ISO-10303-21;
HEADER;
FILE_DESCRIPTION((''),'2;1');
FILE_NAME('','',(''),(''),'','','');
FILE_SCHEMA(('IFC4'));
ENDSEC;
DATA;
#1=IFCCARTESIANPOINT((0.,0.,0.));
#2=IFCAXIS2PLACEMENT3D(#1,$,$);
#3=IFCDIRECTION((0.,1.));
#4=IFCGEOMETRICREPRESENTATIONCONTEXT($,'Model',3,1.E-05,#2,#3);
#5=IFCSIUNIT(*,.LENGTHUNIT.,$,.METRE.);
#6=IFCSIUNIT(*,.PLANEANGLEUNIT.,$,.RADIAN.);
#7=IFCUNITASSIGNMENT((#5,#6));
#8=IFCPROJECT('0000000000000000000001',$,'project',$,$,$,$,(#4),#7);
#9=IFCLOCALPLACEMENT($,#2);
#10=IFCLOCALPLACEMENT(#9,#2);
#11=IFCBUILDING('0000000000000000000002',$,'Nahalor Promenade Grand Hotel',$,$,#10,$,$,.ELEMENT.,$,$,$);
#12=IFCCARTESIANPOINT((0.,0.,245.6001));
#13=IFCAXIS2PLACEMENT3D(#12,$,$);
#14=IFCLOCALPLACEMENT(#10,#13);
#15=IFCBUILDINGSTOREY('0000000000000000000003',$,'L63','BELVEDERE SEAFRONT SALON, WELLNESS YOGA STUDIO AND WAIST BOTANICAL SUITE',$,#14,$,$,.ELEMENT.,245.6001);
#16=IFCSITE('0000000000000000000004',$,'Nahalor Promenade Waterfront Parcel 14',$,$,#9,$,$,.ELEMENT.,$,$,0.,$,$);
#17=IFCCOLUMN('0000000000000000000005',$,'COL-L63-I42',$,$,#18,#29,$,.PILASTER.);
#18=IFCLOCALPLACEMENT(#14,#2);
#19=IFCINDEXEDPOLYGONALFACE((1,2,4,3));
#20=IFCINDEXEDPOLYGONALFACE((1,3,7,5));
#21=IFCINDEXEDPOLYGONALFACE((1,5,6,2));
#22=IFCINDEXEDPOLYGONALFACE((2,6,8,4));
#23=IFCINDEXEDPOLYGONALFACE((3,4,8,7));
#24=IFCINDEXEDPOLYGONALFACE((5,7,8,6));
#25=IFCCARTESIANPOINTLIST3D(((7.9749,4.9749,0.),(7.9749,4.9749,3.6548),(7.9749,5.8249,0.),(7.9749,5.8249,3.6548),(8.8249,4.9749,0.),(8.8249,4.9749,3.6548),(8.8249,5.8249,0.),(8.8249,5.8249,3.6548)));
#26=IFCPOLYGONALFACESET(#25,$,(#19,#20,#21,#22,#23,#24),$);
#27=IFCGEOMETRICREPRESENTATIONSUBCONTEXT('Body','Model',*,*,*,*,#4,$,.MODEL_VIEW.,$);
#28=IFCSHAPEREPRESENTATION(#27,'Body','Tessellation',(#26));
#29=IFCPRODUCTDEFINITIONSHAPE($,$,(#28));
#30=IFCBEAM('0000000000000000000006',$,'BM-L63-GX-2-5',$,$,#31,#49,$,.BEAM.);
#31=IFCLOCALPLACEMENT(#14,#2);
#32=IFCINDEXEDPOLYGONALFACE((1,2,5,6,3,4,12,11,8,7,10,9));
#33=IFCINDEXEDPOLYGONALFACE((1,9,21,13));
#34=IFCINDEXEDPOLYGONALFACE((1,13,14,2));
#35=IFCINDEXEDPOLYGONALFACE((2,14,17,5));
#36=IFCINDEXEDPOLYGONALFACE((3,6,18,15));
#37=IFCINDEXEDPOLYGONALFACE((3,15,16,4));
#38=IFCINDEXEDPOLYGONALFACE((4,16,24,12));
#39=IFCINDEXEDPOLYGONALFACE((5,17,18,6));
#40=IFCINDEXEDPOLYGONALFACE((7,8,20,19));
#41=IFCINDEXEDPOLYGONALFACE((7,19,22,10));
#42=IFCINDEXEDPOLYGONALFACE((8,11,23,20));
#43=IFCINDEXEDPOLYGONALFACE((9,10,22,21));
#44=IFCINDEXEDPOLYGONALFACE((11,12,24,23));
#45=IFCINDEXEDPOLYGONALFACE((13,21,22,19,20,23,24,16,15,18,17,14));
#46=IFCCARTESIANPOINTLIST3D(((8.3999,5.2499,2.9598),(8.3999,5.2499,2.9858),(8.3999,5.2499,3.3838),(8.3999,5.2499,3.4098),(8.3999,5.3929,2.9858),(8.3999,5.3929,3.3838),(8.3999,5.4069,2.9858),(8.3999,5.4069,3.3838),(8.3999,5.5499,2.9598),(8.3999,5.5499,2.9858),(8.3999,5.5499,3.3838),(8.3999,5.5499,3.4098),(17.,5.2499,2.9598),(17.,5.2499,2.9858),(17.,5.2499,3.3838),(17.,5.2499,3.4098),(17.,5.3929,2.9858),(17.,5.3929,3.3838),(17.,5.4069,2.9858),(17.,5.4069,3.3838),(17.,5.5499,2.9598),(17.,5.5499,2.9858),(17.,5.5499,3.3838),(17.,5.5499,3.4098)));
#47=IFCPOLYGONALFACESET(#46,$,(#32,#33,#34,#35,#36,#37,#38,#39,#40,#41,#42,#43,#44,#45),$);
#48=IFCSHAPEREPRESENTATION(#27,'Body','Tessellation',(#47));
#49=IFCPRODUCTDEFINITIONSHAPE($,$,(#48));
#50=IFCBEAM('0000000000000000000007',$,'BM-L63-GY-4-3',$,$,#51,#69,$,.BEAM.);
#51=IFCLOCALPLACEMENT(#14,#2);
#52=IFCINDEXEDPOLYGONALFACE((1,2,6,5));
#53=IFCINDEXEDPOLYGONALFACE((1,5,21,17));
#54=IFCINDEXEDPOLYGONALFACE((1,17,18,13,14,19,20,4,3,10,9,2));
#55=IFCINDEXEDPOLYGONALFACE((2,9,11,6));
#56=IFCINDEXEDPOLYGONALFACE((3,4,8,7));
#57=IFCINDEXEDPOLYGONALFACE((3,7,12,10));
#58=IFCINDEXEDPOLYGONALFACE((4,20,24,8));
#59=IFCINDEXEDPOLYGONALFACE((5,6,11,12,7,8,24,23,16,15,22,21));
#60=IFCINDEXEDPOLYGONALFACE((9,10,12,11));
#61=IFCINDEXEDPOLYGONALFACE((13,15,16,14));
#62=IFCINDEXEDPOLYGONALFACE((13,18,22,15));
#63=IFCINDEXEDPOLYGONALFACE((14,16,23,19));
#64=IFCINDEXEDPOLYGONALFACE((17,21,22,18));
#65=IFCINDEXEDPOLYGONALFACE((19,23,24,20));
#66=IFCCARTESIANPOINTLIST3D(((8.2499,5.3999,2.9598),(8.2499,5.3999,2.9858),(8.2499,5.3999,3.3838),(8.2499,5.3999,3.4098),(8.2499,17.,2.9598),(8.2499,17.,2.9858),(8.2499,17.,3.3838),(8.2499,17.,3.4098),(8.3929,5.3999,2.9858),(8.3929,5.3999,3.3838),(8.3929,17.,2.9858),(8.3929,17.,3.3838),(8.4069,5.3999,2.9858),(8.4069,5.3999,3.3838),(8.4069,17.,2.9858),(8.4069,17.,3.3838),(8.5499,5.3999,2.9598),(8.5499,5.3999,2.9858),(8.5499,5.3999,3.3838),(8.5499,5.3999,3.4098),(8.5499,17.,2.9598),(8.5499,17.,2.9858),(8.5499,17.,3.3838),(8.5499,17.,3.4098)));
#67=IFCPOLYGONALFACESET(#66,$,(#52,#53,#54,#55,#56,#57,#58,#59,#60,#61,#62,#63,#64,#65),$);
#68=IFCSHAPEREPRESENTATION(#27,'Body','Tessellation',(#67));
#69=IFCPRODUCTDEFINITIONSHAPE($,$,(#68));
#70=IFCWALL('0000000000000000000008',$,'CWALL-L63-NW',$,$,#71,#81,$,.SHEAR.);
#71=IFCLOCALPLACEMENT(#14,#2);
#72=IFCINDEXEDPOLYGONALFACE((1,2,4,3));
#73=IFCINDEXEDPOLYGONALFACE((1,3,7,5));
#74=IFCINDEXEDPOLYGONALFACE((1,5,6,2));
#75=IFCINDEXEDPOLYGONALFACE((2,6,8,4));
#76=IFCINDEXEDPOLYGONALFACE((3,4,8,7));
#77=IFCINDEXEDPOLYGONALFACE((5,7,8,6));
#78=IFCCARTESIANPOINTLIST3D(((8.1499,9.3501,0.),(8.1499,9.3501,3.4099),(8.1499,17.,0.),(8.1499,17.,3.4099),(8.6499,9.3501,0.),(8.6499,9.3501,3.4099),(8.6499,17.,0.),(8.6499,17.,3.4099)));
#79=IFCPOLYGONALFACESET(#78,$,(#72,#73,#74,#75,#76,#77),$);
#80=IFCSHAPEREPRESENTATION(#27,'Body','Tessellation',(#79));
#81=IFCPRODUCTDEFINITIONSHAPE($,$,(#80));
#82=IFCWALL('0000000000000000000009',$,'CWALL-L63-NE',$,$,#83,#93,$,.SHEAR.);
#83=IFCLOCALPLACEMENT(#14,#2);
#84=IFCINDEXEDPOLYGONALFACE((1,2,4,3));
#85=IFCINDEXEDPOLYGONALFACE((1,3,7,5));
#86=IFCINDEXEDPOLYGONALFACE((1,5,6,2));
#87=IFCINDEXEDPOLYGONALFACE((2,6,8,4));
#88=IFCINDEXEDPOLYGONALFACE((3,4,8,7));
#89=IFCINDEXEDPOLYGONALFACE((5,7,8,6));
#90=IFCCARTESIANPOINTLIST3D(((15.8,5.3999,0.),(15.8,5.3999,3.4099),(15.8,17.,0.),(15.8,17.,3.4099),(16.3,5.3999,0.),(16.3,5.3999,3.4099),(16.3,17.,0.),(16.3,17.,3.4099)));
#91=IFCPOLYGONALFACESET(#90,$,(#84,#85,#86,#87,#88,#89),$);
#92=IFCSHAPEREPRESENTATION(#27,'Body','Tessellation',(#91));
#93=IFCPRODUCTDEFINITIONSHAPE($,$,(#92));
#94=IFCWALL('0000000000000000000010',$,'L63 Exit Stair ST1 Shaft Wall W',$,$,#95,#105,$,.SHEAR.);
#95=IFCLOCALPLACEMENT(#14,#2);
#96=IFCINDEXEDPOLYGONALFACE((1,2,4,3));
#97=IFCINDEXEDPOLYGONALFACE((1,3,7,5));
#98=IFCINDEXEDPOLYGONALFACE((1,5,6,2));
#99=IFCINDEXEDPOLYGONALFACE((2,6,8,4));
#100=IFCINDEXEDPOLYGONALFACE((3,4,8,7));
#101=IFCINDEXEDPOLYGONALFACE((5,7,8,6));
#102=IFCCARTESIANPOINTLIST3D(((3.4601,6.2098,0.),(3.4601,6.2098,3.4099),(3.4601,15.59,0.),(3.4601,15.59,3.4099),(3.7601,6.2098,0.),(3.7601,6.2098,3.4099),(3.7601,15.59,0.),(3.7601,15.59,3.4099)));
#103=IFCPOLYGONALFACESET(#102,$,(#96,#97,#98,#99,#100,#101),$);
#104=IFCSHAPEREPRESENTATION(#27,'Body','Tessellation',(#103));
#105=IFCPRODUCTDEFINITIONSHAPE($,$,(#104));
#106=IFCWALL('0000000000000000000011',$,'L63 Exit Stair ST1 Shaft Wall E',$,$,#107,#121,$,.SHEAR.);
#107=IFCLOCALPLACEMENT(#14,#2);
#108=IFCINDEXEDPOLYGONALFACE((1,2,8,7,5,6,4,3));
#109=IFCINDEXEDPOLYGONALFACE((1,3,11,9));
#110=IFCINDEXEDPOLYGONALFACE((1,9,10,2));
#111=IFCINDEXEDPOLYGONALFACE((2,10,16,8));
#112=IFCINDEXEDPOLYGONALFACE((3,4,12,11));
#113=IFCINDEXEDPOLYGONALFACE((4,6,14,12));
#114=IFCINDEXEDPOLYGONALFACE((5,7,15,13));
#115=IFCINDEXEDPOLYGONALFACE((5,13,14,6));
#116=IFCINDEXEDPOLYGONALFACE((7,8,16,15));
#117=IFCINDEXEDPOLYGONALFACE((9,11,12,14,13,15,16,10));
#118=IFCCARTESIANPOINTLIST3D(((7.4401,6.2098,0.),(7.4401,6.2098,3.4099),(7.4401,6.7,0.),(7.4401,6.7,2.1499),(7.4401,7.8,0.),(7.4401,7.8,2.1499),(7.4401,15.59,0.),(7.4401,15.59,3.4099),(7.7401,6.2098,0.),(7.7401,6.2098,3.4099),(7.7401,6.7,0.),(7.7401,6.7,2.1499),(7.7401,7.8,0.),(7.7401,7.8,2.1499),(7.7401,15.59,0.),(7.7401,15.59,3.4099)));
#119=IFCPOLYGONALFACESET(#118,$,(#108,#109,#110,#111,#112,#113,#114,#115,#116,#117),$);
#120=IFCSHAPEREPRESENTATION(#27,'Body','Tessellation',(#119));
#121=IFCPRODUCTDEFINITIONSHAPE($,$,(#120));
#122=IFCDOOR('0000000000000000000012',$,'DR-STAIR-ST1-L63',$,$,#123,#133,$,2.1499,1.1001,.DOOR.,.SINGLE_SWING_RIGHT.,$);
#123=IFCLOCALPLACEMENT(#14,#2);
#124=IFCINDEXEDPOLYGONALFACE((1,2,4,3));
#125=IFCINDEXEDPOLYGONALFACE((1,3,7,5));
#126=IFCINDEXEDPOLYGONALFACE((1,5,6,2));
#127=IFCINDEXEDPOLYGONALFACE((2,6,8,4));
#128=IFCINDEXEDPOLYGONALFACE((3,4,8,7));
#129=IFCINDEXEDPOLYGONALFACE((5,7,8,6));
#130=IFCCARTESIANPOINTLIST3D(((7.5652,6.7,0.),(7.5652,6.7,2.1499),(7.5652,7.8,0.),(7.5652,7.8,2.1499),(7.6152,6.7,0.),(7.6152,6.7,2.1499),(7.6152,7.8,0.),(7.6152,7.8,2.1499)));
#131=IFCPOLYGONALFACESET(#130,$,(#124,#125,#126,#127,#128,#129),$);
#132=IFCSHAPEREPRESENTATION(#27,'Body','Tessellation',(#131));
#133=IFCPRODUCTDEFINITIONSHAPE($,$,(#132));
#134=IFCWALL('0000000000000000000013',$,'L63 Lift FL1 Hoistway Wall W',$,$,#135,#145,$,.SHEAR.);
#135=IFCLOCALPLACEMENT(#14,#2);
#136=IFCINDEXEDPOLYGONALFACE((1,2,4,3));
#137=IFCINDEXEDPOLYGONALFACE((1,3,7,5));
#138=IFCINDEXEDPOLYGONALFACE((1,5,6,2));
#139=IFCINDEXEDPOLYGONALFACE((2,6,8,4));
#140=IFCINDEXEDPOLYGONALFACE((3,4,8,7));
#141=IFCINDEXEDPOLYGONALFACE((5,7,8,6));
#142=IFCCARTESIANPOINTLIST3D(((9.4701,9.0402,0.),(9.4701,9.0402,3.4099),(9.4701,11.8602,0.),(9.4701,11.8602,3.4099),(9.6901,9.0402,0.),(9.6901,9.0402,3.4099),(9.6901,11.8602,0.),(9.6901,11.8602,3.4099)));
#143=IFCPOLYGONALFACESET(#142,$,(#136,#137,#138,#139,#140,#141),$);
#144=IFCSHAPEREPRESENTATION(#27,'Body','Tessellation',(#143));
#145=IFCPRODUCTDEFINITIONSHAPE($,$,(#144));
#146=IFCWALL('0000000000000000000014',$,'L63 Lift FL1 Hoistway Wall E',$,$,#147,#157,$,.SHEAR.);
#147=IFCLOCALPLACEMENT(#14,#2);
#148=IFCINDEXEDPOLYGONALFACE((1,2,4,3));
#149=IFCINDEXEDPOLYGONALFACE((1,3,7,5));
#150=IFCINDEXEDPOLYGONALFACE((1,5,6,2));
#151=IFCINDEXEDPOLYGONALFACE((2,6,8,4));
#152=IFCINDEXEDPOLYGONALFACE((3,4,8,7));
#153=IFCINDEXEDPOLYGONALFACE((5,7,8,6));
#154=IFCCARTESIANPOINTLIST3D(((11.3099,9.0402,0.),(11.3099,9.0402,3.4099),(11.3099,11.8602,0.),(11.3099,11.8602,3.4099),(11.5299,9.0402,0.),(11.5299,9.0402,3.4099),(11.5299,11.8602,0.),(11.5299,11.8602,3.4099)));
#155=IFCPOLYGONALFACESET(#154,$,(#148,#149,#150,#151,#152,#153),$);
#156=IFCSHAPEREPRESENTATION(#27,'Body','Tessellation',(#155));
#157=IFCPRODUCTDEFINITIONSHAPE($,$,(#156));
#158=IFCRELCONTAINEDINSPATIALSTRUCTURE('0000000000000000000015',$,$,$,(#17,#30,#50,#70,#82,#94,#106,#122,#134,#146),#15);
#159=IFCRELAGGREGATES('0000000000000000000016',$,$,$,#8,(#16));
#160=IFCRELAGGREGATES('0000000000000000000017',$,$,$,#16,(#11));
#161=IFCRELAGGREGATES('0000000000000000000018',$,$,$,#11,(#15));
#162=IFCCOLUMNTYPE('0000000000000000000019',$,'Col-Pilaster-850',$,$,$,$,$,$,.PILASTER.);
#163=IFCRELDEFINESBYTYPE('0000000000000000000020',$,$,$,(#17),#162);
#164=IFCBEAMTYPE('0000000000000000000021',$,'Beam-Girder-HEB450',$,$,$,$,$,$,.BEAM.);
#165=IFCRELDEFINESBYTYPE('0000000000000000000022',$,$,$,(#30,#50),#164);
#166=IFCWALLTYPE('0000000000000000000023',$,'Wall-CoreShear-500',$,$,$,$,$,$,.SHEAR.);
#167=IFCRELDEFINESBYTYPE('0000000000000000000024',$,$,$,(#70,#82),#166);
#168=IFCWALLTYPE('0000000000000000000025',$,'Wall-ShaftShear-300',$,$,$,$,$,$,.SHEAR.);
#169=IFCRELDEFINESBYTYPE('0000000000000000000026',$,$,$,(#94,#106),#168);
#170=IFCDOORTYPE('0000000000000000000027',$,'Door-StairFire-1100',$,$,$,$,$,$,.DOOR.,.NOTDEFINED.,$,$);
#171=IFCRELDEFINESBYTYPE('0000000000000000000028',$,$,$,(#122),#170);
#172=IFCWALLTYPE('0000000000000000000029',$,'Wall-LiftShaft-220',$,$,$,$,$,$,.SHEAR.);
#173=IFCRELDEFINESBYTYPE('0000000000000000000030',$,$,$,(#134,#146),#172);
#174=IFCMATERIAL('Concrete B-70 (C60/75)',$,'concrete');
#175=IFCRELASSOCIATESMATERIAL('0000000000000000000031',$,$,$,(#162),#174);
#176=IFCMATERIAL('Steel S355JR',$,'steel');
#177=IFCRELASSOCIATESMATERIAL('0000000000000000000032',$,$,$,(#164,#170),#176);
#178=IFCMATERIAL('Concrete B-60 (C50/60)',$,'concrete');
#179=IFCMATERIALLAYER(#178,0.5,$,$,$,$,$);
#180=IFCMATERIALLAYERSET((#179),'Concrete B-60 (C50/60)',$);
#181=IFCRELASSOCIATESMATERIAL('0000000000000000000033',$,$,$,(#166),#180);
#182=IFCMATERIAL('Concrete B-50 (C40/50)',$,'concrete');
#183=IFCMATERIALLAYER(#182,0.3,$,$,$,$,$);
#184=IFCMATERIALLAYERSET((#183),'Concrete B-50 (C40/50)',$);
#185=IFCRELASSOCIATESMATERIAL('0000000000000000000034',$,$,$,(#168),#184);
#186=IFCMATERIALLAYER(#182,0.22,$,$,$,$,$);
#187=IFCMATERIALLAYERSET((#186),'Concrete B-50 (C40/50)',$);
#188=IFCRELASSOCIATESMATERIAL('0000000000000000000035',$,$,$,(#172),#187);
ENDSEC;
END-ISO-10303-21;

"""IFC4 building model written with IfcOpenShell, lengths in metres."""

from ifc_helpers import new_model, si_unit, direction, frame, frame_2d, origin, origin_2d, place, context, subcontext, project, spatial, rectangle, i_section, extrude, source, transform, mapped, material, layer, layer_set, material_profile, profile_set, type_object, element, fill, save


model = new_model("IFC4")

# Units and contexts
model_context = context("Model", 3, precision=1e-05, world=origin(), true_north=direction((0.0, 1.0)))
body_context = subcontext(model_context, "Body", "Model", "MODEL_VIEW")
ifc_project = project(units=[si_unit("LENGTHUNIT", "METRE"), si_unit("PLANEANGLEUNIT", "RADIAN")], contexts=[model_context])

# Site, building, storey
site_placement = place(None, origin())
site = spatial("IfcSite", under=ifc_project, at=site_placement, Name="Nahalor Promenade Waterfront Parcel 14", CompositionType="ELEMENT", RefElevation=0.0)
building_placement = place(site_placement, origin())
building = spatial("IfcBuilding", under=site, at=building_placement, Name="Nahalor Promenade Grand Hotel", CompositionType="ELEMENT")
storey_placement = place(building_placement, frame((0.0, 0.0, 245.6001)))
storey = spatial("IfcBuildingStorey", under=building, at=storey_placement, Name="L63", Description="BELVEDERE SEAFRONT SALON, WELLNESS YOGA STUDIO AND WAIST BOTANICAL SUITE", CompositionType="ELEMENT", Elevation=245.6001)

# Column
ifc_material_1 = material(Name="Concrete B-70 (C60/75)", Category="concrete")
ifc_material_profile_1 = material_profile(ifc_material_1, rectangle(XDim=0.85, YDim=0.85, at=origin_2d()), Name="RC 850x850")
ifc_profile_set_1 = profile_set([ifc_material_profile_1], Name="Concrete B-70 (C60/75)")
column_type = type_object("IfcColumnType", Name="Col-Pilaster-850", PredefinedType="PILASTER", material=ifc_profile_set_1)
shared_shape_1 = source(origin(), body_context, "Body", "SweptSolid", [
    extrude(rectangle(XDim=0.85, YDim=0.85, at=origin_2d()), origin(), (0.0, 0.0, 1.0), 3.6548),
])
column_placement = place(storey_placement, frame((8.3999, 5.3999, 0.0), z_axis=(0.0, 0.0, 1.0), x_axis=(1.0, 0.0, 0.0)))
element("IfcColumn", 1, at=column_placement, inside=storey, type_object=column_type, Name="COL-L63-I42", PredefinedType="PILASTER", context=body_context, shape_type="MappedRepresentation", body=[
    mapped(shared_shape_1, transform((0.0, 0.0, 0.0), scale=1.0)),
])

# Beams
ifc_material_2 = material(Name="Steel S355JR", Category="steel")
ifc_material_profile_2 = material_profile(ifc_material_2, i_section(OverallWidth=0.3, OverallDepth=0.45, WebThickness=0.014, FlangeThickness=0.026, at=origin_2d()), Name="HEB 450")
ifc_profile_set_2 = profile_set([ifc_material_profile_2], Name="Steel S355JR")
beam_type = type_object("IfcBeamType", Name="Beam-Girder-HEB450", PredefinedType="BEAM", material=ifc_profile_set_2)
shared_shape_2 = source(origin(), body_context, "Body", "SweptSolid", [
    extrude(i_section(OverallWidth=0.3, OverallDepth=0.45, WebThickness=0.014, FlangeThickness=0.026, at=origin_2d()), origin(), (0.0, 0.0, 1.0), 8.6001),
])
beam_1_placement = place(storey_placement, frame((8.3999, 5.3999, 3.1848), z_axis=(1.0, 0.0, 0.0), x_axis=(0.0, 1.0, 0.0)))
element("IfcBeam", 2, at=beam_1_placement, inside=storey, type_object=beam_type, Name="BM-L63-GX-2-5", PredefinedType="BEAM", context=body_context, shape_type="MappedRepresentation", body=[
    mapped(shared_shape_2, transform((0.0, 0.0, 0.0), scale=1.0)),
])
shared_shape_3 = source(origin(), body_context, "Body", "SweptSolid", [
    extrude(i_section(OverallWidth=0.3, OverallDepth=0.45, WebThickness=0.014, FlangeThickness=0.026, at=origin_2d()), origin(), (0.0, 0.0, 1.0), 11.6001),
])
beam_2_placement = place(storey_placement, frame((8.3999, 5.3999, 3.1848), z_axis=(0.0, 1.0, 0.0), x_axis=(-1.0, 0.0, 0.0)))
element("IfcBeam", 3, at=beam_2_placement, inside=storey, type_object=beam_type, Name="BM-L63-GY-4-3", PredefinedType="BEAM", context=body_context, shape_type="MappedRepresentation", body=[
    mapped(shared_shape_3, transform((0.0, 0.0, 0.0), scale=1.0)),
])

# Walls
ifc_material_3 = material(Name="Concrete B-60 (C50/60)", Category="concrete")
ifc_layer_1 = layer(ifc_material_3, 0.5)
ifc_layer_set_1 = layer_set([ifc_layer_1], Name="Concrete B-60 (C50/60)")
wall_type_1 = type_object("IfcWallType", Name="Wall-CoreShear-500", PredefinedType="SHEAR", material=ifc_layer_set_1)
shared_shape_4 = source(origin(), body_context, "Body", "SweptSolid", [
    extrude(rectangle(XDim=7.6499, YDim=0.5, at=frame_2d((3.825, 0.0))), origin(), (0.0, 0.0, 1.0), 3.4099),
])
wall_1_placement = place(storey_placement, frame((8.3999, 9.3501, 0.0), z_axis=(0.0, 0.0, 1.0), x_axis=(0.0, 1.0, 0.0)))
element("IfcWall", 4, at=wall_1_placement, inside=storey, type_object=wall_type_1, Name="CWALL-L63-NW", PredefinedType="SHEAR", context=body_context, shape_type="MappedRepresentation", body=[
    mapped(shared_shape_4, transform((0.0, 0.0, 0.0), scale=1.0)),
])
shared_shape_5 = source(origin(), body_context, "Body", "SweptSolid", [
    extrude(rectangle(XDim=11.6001, YDim=0.5, at=frame_2d((5.8, 0.0))), origin(), (0.0, 0.0, 1.0), 3.4099),
])
wall_2_placement = place(storey_placement, frame((16.05, 5.3999, 0.0), z_axis=(0.0, 0.0, 1.0), x_axis=(0.0, 1.0, 0.0)))
element("IfcWall", 5, at=wall_2_placement, inside=storey, type_object=wall_type_1, Name="CWALL-L63-NE", PredefinedType="SHEAR", context=body_context, shape_type="MappedRepresentation", body=[
    mapped(shared_shape_5, transform((0.0, 0.0, 0.0), scale=1.0)),
])
ifc_material_4 = material(Name="Concrete B-50 (C40/50)", Category="concrete")
ifc_layer_2 = layer(ifc_material_4, 0.3)
ifc_layer_set_2 = layer_set([ifc_layer_2], Name="Concrete B-50 (C40/50)")
wall_type_2 = type_object("IfcWallType", Name="Wall-ShaftShear-300", PredefinedType="SHEAR", material=ifc_layer_set_2)
shared_shape_6 = source(origin(), body_context, "Body", "SweptSolid", [
    extrude(rectangle(XDim=9.3801, YDim=0.3, at=frame_2d((4.6899, 0.0))), origin(), (0.0, 0.0, 1.0), 3.4099),
])
wall_3_placement = place(storey_placement, frame((3.6101, 6.21, 0.0), z_axis=(0.0, 0.0, 1.0), x_axis=(0.0, 1.0, 0.0)))
element("IfcWall", 6, at=wall_3_placement, inside=storey, type_object=wall_type_2, Name="L63 Exit Stair ST1 Shaft Wall W", PredefinedType="SHEAR", context=body_context, shape_type="MappedRepresentation", body=[
    mapped(shared_shape_6, transform((0.0, 0.0, 0.0), scale=1.0)),
])

# Wall, opening, door
wall_4_placement = place(storey_placement, frame((7.5901, 6.21, 0.0), z_axis=(0.0, 0.0, 1.0), x_axis=(0.0, 1.0, 0.0)))
wall_4 = element("IfcWall", 7, at=wall_4_placement, inside=storey, type_object=wall_type_2, Name="L63 Exit Stair ST1 Shaft Wall E", PredefinedType="SHEAR", context=body_context, shape_type="MappedRepresentation", body=[
    mapped(shared_shape_6, transform((0.0, 0.0, 0.0), scale=1.0)),
])
opening_1_placement = place(wall_4_placement, frame((0.49, 0.0, 0.0)))
opening_1 = element("IfcOpeningElement", 8, at=opening_1_placement, cuts=wall_4, PredefinedType="OPENING", context=body_context, shape_type="SweptSolid", body=[
    extrude(rectangle(XDim=1.1001, YDim=2.1499, at=frame_2d((0.55, 1.075))), frame((0.0, 0.1599, 0.0), z_axis=(0.0, -1.0, 0.0), x_axis=(1.0, 0.0, 0.0)), (0.0, 0.0, 1.0), 0.3201),
])
door_type_1 = type_object("IfcDoorType", Name="Door-StairFire-1100", OperationType="NOTDEFINED", PredefinedType="DOOR", material=ifc_material_2)
shared_shape_7 = source(origin(), body_context, "Body", "SweptSolid", [
    extrude(rectangle(XDim=1.1001, YDim=2.1499, at=frame_2d((0.55, 1.075))), frame((0.0, 0.0249, 0.0), z_axis=(0.0, -1.0, 0.0), x_axis=(1.0, 0.0, 0.0)), (0.0, 0.0, 1.0), 0.05),
])
door_1_placement = place(opening_1_placement, origin())
door_1 = element("IfcDoor", 9, at=door_1_placement, inside=storey, type_object=door_type_1, Name="DR-STAIR-ST1-L63", OperationType="SINGLE_SWING_RIGHT", OverallHeight=2.1499, OverallWidth=1.1001, PredefinedType="DOOR", context=body_context, shape_type="MappedRepresentation", body=[
    mapped(shared_shape_7, transform((0.0, 0.0, 0.0), scale=1.0)),
])
fill(opening_1, door_1)

# Walls
ifc_layer_3 = layer(ifc_material_4, 0.22)
ifc_layer_set_3 = layer_set([ifc_layer_3], Name="Concrete B-50 (C40/50)")
wall_type_3 = type_object("IfcWallType", Name="Wall-LiftShaft-220", PredefinedType="SHEAR", material=ifc_layer_set_3)
shared_shape_8 = source(origin(), body_context, "Body", "SweptSolid", [
    extrude(rectangle(XDim=2.8201, YDim=0.22, at=frame_2d((1.4102, 0.0))), origin(), (0.0, 0.0, 1.0), 3.4099),
])
for number, where, z_axis, x_axis, name in (
    (10, (9.5801, 9.04, 0.0), (0.0, 0.0, 1.0), (0.0, 1.0, 0.0), "L63 Lift FL1 Hoistway Wall W"),
    (11, (11.4199, 9.04, 0.0), (0.0, 0.0, 1.0), (0.0, 1.0, 0.0), "L63 Lift FL1 Hoistway Wall E"),
):
    element("IfcWall", number, at=place(storey_placement, frame(where, z_axis=z_axis, x_axis=x_axis)), inside=storey, type_object=wall_type_3, Name=name, PredefinedType="SHEAR", context=body_context, shape_type="MappedRepresentation", body=[
        mapped(shared_shape_8, transform((0.0, 0.0, 0.0), scale=1.0)),
    ])

save(model, "model.ifc")
